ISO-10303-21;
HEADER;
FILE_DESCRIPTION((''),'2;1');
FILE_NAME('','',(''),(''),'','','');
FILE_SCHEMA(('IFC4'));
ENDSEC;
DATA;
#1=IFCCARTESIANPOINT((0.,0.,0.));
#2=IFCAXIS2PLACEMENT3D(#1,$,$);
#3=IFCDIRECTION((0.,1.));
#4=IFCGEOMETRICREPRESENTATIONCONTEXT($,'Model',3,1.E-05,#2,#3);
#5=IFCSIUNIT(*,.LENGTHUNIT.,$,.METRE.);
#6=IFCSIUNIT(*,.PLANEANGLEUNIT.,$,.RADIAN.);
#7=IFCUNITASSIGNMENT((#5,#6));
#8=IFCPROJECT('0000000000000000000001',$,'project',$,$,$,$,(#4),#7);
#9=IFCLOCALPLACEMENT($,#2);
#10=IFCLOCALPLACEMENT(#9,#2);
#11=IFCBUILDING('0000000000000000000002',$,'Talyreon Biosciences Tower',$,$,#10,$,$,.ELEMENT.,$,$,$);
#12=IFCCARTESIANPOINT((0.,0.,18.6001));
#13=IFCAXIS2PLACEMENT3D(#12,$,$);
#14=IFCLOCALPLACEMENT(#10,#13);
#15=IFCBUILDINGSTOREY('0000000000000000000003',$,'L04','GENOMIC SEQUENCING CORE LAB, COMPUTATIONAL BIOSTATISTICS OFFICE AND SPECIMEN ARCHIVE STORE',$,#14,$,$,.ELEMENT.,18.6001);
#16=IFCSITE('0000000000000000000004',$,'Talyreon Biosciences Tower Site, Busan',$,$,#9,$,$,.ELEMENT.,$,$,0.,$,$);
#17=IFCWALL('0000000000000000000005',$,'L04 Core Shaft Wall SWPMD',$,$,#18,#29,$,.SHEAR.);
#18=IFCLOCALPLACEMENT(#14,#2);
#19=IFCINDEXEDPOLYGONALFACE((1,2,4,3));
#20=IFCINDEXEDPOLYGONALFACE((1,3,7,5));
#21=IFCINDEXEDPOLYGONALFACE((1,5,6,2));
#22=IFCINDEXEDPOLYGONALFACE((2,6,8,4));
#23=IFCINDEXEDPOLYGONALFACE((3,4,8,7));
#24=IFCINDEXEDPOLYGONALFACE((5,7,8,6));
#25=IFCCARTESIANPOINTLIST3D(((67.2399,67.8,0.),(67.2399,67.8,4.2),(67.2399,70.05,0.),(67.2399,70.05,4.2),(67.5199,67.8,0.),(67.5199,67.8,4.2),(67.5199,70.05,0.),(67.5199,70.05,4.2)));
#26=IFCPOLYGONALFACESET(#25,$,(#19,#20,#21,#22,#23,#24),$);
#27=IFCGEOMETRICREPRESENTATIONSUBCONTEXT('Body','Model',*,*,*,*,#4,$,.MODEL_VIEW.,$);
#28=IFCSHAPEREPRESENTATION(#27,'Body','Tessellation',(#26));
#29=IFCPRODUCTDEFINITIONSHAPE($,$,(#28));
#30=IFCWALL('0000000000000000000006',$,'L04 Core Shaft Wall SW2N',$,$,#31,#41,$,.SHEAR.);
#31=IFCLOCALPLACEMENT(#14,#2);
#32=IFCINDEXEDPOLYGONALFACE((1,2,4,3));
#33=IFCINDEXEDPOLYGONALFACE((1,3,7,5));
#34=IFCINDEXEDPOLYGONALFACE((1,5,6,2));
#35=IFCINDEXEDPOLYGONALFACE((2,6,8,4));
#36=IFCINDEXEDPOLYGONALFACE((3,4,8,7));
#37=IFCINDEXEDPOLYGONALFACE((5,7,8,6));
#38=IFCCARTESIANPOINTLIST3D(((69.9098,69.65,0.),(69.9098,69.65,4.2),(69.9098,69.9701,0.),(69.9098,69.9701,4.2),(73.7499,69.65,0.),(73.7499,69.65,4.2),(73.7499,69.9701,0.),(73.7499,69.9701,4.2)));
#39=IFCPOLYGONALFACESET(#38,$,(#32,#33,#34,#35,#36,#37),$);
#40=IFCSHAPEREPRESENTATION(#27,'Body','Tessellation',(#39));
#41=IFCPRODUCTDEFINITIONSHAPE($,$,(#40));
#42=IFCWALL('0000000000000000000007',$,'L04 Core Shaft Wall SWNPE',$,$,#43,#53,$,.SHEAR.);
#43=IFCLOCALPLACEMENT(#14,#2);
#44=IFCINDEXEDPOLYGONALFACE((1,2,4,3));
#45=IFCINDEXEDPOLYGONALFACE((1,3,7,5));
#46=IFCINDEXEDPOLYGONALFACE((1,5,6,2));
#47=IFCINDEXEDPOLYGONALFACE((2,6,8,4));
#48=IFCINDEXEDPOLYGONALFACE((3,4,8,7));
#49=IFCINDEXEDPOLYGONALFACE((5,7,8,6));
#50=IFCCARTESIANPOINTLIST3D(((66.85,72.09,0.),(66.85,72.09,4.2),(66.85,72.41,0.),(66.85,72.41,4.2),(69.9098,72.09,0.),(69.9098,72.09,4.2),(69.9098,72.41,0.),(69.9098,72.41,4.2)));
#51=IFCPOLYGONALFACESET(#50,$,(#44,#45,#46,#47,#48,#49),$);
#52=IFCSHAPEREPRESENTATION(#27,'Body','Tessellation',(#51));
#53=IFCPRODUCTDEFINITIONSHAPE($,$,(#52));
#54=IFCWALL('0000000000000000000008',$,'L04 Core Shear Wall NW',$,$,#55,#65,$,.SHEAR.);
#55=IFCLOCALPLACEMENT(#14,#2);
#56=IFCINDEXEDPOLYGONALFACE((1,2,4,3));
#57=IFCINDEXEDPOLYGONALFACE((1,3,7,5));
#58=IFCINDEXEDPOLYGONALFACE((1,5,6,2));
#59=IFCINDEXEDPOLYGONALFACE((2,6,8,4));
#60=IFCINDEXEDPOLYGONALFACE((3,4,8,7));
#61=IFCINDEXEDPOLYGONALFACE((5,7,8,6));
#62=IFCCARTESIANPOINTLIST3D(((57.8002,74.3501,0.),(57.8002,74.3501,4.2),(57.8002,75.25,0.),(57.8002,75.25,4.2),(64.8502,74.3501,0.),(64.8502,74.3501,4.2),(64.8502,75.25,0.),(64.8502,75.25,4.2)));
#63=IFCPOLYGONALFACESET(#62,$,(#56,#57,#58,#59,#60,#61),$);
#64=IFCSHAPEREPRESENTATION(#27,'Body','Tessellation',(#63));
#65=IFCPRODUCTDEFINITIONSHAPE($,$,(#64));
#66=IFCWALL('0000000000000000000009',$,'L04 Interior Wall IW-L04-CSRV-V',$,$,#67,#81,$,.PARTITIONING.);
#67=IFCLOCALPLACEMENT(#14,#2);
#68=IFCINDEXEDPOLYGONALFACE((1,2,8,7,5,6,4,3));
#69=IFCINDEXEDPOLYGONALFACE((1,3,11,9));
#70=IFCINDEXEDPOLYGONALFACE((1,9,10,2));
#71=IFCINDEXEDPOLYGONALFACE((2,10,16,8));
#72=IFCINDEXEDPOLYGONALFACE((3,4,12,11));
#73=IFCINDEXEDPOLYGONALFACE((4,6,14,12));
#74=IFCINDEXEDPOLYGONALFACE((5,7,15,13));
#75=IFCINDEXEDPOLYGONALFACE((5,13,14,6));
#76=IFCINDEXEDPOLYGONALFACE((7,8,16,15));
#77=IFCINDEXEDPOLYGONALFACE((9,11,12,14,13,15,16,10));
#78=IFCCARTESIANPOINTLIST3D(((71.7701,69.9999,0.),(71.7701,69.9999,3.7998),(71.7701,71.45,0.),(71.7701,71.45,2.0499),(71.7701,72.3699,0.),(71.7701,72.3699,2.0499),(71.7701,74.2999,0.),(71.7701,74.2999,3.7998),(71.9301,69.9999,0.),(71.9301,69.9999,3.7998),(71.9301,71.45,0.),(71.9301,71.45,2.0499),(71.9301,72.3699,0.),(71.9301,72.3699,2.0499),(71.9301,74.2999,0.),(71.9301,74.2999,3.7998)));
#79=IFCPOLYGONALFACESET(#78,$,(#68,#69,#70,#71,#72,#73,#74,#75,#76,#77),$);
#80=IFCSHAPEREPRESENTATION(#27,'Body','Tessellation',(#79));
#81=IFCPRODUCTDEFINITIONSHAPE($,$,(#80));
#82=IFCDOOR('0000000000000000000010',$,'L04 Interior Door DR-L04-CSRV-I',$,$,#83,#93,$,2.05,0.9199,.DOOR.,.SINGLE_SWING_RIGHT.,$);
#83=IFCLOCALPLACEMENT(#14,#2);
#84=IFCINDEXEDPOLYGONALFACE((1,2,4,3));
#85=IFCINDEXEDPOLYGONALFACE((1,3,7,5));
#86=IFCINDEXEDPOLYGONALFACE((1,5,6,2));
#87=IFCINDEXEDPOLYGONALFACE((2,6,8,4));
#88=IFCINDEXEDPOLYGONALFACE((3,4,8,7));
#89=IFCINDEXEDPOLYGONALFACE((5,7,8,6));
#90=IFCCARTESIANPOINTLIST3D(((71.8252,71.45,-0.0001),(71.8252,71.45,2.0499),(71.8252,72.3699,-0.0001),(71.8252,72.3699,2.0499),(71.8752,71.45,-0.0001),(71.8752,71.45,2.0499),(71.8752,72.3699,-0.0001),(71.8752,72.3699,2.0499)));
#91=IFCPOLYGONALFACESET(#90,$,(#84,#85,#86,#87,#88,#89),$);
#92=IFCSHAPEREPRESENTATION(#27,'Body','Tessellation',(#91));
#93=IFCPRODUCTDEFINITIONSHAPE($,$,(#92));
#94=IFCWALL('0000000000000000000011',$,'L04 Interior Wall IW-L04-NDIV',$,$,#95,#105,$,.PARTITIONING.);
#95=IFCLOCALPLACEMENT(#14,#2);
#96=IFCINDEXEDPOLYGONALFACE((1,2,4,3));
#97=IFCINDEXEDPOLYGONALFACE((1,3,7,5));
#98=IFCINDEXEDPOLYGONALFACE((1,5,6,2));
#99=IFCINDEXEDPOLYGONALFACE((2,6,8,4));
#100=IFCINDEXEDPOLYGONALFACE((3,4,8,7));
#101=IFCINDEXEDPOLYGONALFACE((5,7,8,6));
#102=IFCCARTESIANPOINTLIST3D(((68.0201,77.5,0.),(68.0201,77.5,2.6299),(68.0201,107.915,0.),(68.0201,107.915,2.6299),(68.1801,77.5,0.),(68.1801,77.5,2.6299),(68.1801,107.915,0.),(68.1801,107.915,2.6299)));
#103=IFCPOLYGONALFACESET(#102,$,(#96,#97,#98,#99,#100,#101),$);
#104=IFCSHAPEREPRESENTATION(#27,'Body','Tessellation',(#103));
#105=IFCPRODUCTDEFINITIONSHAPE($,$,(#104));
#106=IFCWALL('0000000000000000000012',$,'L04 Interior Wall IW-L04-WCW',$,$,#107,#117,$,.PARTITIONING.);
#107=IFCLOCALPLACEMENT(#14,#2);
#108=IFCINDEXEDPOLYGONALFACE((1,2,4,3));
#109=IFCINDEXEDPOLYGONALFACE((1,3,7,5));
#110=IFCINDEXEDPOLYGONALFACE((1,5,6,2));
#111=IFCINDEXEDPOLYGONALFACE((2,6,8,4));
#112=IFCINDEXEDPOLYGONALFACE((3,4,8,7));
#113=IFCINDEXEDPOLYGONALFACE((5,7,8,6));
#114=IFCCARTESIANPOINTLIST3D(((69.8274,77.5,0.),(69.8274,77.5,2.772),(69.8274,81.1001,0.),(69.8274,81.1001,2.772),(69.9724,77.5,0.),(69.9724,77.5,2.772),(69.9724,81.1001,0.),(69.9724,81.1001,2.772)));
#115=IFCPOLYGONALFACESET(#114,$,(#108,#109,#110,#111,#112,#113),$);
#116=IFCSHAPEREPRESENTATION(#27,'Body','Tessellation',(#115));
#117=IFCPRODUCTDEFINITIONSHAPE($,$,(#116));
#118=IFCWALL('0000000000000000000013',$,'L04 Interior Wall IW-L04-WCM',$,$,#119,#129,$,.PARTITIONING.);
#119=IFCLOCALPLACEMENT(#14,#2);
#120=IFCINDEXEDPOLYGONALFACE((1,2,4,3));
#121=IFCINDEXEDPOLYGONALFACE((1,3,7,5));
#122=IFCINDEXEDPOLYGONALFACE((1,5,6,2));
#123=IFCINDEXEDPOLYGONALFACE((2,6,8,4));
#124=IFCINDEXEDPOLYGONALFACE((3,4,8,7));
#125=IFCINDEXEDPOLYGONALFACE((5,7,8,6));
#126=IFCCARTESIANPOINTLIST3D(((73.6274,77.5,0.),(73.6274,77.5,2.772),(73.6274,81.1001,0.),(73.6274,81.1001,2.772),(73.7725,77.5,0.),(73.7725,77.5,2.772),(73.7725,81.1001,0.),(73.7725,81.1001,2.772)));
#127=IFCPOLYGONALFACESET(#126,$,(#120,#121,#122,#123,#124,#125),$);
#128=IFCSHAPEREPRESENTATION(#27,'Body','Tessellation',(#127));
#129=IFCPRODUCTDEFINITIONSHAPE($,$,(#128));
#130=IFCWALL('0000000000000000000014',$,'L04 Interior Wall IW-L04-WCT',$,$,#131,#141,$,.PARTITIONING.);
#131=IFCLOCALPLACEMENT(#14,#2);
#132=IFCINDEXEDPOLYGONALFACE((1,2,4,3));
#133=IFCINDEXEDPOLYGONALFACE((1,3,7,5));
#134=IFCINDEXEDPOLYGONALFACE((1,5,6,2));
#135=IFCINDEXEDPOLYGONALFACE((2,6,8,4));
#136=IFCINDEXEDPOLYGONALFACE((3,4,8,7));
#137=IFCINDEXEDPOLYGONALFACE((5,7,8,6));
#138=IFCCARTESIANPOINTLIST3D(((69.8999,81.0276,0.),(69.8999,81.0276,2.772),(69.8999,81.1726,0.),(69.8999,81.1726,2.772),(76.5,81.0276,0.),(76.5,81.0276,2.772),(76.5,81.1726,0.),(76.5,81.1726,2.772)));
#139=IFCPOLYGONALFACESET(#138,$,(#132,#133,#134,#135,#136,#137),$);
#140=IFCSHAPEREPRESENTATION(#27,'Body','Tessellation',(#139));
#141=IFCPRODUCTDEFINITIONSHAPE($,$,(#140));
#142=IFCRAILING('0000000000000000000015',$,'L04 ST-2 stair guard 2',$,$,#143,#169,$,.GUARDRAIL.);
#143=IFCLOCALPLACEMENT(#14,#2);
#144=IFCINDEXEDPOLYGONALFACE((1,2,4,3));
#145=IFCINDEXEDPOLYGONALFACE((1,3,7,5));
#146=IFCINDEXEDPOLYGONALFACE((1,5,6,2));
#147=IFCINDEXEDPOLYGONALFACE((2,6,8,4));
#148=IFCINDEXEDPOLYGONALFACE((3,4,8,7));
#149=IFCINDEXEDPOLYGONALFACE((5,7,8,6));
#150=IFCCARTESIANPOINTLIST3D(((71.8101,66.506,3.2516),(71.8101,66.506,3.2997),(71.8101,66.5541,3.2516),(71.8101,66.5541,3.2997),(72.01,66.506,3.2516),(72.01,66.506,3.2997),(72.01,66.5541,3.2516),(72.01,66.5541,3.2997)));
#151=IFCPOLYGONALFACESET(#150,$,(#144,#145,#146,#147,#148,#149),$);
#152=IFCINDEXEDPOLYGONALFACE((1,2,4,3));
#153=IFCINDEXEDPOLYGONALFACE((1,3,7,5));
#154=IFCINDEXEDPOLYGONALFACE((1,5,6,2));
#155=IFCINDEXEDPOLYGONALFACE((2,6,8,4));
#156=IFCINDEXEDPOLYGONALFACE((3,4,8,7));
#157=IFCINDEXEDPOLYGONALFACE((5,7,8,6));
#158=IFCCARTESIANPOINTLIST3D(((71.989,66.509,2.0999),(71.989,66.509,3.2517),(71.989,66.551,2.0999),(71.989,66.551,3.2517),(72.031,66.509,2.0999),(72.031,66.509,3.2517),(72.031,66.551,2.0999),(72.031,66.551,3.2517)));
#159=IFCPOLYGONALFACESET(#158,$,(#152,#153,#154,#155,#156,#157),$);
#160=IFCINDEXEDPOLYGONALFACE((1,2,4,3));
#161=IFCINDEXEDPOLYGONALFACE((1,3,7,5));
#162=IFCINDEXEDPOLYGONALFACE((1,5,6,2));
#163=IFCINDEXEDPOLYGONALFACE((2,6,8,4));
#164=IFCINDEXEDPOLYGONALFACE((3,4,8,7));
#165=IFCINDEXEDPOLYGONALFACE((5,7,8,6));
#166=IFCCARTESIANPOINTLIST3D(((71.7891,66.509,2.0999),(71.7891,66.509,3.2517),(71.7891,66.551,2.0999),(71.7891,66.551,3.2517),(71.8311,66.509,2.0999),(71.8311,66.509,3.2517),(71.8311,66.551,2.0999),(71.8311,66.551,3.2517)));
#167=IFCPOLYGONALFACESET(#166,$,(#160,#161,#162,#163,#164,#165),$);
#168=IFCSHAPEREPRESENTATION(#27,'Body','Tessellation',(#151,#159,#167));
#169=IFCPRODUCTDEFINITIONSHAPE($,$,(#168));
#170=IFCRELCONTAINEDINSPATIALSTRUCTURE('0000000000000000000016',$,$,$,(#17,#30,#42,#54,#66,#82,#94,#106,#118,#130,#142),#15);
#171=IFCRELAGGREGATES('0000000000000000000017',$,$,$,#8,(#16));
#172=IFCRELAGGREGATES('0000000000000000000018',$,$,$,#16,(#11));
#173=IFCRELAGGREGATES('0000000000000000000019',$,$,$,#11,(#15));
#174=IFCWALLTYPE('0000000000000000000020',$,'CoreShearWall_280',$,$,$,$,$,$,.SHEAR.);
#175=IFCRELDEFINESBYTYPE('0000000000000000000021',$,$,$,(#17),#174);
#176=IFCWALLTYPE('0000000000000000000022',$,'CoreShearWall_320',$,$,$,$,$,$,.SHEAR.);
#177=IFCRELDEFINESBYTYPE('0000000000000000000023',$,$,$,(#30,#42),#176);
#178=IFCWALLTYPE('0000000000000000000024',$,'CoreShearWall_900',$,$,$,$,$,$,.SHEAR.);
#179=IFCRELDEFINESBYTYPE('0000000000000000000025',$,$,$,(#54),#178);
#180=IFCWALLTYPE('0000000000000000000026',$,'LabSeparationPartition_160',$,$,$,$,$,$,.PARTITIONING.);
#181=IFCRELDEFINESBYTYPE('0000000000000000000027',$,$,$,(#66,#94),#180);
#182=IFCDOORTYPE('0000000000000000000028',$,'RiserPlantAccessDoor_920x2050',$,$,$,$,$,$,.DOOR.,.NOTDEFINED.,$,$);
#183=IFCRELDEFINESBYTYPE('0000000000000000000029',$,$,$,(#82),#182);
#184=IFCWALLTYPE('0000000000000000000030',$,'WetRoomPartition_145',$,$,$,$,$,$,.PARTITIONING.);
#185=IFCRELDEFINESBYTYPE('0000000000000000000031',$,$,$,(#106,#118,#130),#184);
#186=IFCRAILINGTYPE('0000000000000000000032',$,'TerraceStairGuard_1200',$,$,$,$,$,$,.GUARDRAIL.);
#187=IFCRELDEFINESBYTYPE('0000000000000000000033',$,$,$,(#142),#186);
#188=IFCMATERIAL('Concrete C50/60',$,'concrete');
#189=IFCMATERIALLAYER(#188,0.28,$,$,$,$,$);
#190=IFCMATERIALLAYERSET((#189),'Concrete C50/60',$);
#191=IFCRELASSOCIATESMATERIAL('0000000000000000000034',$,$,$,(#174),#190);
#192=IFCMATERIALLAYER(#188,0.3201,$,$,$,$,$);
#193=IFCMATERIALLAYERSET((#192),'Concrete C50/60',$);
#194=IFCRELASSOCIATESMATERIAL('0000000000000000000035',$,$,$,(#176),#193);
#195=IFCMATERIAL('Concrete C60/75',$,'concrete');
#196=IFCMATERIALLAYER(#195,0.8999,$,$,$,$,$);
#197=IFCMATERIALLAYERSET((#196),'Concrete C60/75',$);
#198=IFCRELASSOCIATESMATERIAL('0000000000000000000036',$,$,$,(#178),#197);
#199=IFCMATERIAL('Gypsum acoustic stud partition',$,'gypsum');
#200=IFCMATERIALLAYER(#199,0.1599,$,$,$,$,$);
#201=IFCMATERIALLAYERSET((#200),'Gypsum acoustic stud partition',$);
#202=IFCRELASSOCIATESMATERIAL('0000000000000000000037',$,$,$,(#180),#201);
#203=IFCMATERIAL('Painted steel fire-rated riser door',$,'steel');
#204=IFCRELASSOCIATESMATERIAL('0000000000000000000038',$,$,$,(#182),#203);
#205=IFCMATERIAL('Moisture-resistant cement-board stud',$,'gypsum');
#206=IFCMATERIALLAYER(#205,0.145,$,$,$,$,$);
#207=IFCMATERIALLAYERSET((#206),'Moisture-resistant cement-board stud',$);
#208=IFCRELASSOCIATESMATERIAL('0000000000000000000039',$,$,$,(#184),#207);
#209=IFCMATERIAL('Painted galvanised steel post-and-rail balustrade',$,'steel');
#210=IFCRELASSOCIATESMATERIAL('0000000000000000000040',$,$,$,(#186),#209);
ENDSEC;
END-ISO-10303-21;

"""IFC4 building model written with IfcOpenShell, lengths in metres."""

from ifc_helpers import new_model, si_unit, direction, frame, frame_2d, origin, origin_2d, place, context, subcontext, project, spatial, rectangle, extrude, material, layer, layer_set, type_object, element, fill, save


model = new_model("IFC4")

# Units and contexts
model_context = context("Model", 3, precision=1e-05, world=origin(), true_north=direction((0.0, 1.0)))
body_context = subcontext(model_context, "Body", "Model", "MODEL_VIEW")
ifc_project = project(units=[si_unit("LENGTHUNIT", "METRE"), si_unit("PLANEANGLEUNIT", "RADIAN")], contexts=[model_context])

# Site, building, storey
site_placement = place(None, origin())
site = spatial("IfcSite", under=ifc_project, at=site_placement, Name="Talyreon Biosciences Tower Site, Busan", CompositionType="ELEMENT", RefElevation=0.0)
building_placement = place(site_placement, origin())
building = spatial("IfcBuilding", under=site, at=building_placement, Name="Talyreon Biosciences Tower", CompositionType="ELEMENT")
storey_placement = place(building_placement, frame((0.0, 0.0, 18.6001)))
storey = spatial("IfcBuildingStorey", under=building, at=storey_placement, Name="L04", Description="GENOMIC SEQUENCING CORE LAB, COMPUTATIONAL BIOSTATISTICS OFFICE AND SPECIMEN ARCHIVE STORE", CompositionType="ELEMENT", Elevation=18.6001)

# Shared definitions
ifc_material_1 = material(Name="Concrete C60/75", Category="concrete")

# Shared definitions
ifc_material_2 = material(Name="Concrete C50/60", Category="concrete")

# Walls
ifc_layer_1 = layer(ifc_material_2, 0.28)
ifc_layer_set_1 = layer_set([ifc_layer_1], Name="Concrete C50/60")
wall_type_1 = type_object("IfcWallType", Name="CoreShearWall_280", PredefinedType="SHEAR", material=ifc_layer_set_1)
wall_1_placement = place(storey_placement, frame((67.3799, 67.8, 0.0), z_axis=(0.0, 0.0, 1.0), x_axis=(0.0, 1.0, 0.0)))
element("IfcWall", 1, at=wall_1_placement, inside=storey, type_object=wall_type_1, Name="L04 Core Shaft Wall SWPMD", PredefinedType="SHEAR", context=body_context, shape_type="SweptSolid", body=[
    extrude(rectangle(XDim=2.25, YDim=0.28, at=frame_2d((1.125, 0.0))), origin(), (0.0, 0.0, 1.0), 4.2),
])
ifc_layer_2 = layer(ifc_material_2, 0.3201)
ifc_layer_set_2 = layer_set([ifc_layer_2], Name="Concrete C50/60")
wall_type_2 = type_object("IfcWallType", Name="CoreShearWall_320", PredefinedType="SHEAR", material=ifc_layer_set_2)
wall_2_placement = place(storey_placement, frame((69.9099, 69.8101, 0.0), z_axis=(0.0, 0.0, 1.0), x_axis=(1.0, 0.0, 0.0)))
element("IfcWall", 2, at=wall_2_placement, inside=storey, type_object=wall_type_2, Name="L04 Core Shaft Wall SW2N", PredefinedType="SHEAR", context=body_context, shape_type="SweptSolid", body=[
    extrude(rectangle(XDim=3.8401, YDim=0.3201, at=frame_2d((1.9199, 0.0))), origin(), (0.0, 0.0, 1.0), 4.2),
])
wall_3_placement = place(storey_placement, frame((66.8501, 72.25, 0.0), z_axis=(0.0, 0.0, 1.0), x_axis=(1.0, 0.0, 0.0)))
element("IfcWall", 3, at=wall_3_placement, inside=storey, type_object=wall_type_2, Name="L04 Core Shaft Wall SWNPE", PredefinedType="SHEAR", context=body_context, shape_type="SweptSolid", body=[
    extrude(rectangle(XDim=3.0598, YDim=0.3201, at=frame_2d((1.5298, 0.0))), origin(), (0.0, 0.0, 1.0), 4.2),
])
ifc_layer_3 = layer(ifc_material_1, 0.8999)
ifc_layer_set_3 = layer_set([ifc_layer_3], Name="Concrete C60/75")
wall_type_3 = type_object("IfcWallType", Name="CoreShearWall_900", PredefinedType="SHEAR", material=ifc_layer_set_3)
wall_4_placement = place(storey_placement, frame((64.8501, 74.8, 0.0), z_axis=(0.0, 0.0, 1.0), x_axis=(-1.0, 0.0, 0.0)))
element("IfcWall", 4, at=wall_4_placement, inside=storey, type_object=wall_type_3, Name="L04 Core Shear Wall NW", PredefinedType="SHEAR", context=body_context, shape_type="SweptSolid", body=[
    extrude(rectangle(XDim=7.05, YDim=0.8999, at=frame_2d((3.5249, 0.0))), origin(), (0.0, 0.0, 1.0), 4.2),
])

# Wall, opening, door
ifc_material_3 = material(Name="Gypsum acoustic stud partition", Category="gypsum")
ifc_layer_4 = layer(ifc_material_3, 0.1599)
ifc_layer_set_4 = layer_set([ifc_layer_4], Name="Gypsum acoustic stud partition")
wall_type_4 = type_object("IfcWallType", Name="LabSeparationPartition_160", PredefinedType="PARTITIONING", material=ifc_layer_set_4)
wall_5_placement = place(storey_placement, frame((71.8501, 70.0, 0.0), z_axis=(0.0, 0.0, 1.0), x_axis=(0.0, 1.0, 0.0)))
wall_5 = element("IfcWall", 5, at=wall_5_placement, inside=storey, type_object=wall_type_4, Name="L04 Interior Wall IW-L04-CSRV-V", PredefinedType="PARTITIONING", context=body_context, shape_type="SweptSolid", body=[
    extrude(rectangle(XDim=4.3, YDim=0.1599, at=frame_2d((2.1499, 0.0))), origin(), (0.0, 0.0, 1.0), 3.7998),
])
opening_placement = place(wall_5_placement, frame((1.45, 0.0, 0.0)))
opening = element("IfcOpeningElement", 6, at=opening_placement, cuts=wall_5, PredefinedType="OPENING", context=body_context, shape_type="SweptSolid", body=[
    extrude(rectangle(XDim=0.9199, YDim=2.05, at=frame_2d((0.46, 1.0249))), frame((0.0, 0.0898, 0.0), z_axis=(0.0, -1.0, 0.0), x_axis=(1.0, 0.0, 0.0)), (0.0, 0.0, 1.0), 0.1799),
])
ifc_material_4 = material(Name="Painted steel fire-rated riser door", Category="steel")
door_type = type_object("IfcDoorType", Name="RiserPlantAccessDoor_920x2050", OperationType="NOTDEFINED", PredefinedType="DOOR", material=ifc_material_4)
door_placement = place(opening_placement, origin())
door = element("IfcDoor", 7, at=door_placement, inside=storey, type_object=door_type, Name="L04 Interior Door DR-L04-CSRV-I", OperationType="SINGLE_SWING_RIGHT", OverallHeight=2.05, OverallWidth=0.9199, PredefinedType="DOOR", context=body_context, shape_type="SweptSolid", body=[
    extrude(rectangle(XDim=0.9199, YDim=2.05, at=frame_2d((0.46, 1.0249))), frame((0.0, 0.0249, 0.0), z_axis=(0.0, -1.0, 0.0), x_axis=(1.0, 0.0, 0.0)), (0.0, 0.0, 1.0), 0.05),
])
fill(opening, door)

# Walls
wall_6_placement = place(storey_placement, frame((68.1001, 77.5, 0.0), z_axis=(0.0, 0.0, 1.0), x_axis=(0.0, 1.0, 0.0)))
element("IfcWall", 8, at=wall_6_placement, inside=storey, type_object=wall_type_4, Name="L04 Interior Wall IW-L04-NDIV", PredefinedType="PARTITIONING", context=body_context, shape_type="SweptSolid", body=[
    extrude(rectangle(XDim=30.415, YDim=0.1599, at=frame_2d((15.2075, 0.0))), origin(), (0.0, 0.0, 1.0), 2.6299),
])
ifc_material_5 = material(Name="Moisture-resistant cement-board stud", Category="gypsum")
ifc_layer_5 = layer(ifc_material_5, 0.145)
ifc_layer_set_5 = layer_set([ifc_layer_5], Name="Moisture-resistant cement-board stud")
wall_type_5 = type_object("IfcWallType", Name="WetRoomPartition_145", PredefinedType="PARTITIONING", material=ifc_layer_set_5)
for number, where, z_axis, x_axis, name in (
    (9, (69.8999, 77.5, 0.0), (0.0, 0.0, 1.0), (0.0, 1.0, 0.0), "L04 Interior Wall IW-L04-WCW"),
    (10, (73.7, 77.5, 0.0), (0.0, 0.0, 1.0), (0.0, 1.0, 0.0), "L04 Interior Wall IW-L04-WCM"),
):
    element("IfcWall", number, at=place(storey_placement, frame(where, z_axis=z_axis, x_axis=x_axis)), inside=storey, type_object=wall_type_5, Name=name, PredefinedType="PARTITIONING", context=body_context, shape_type="SweptSolid", body=[
        extrude(rectangle(XDim=3.6001, YDim=0.145, at=frame_2d((1.8, 0.0))), origin(), (0.0, 0.0, 1.0), 2.772),
    ])
wall_7_placement = place(storey_placement, frame((69.8999, 81.1001, 0.0), z_axis=(0.0, 0.0, 1.0), x_axis=(1.0, 0.0, 0.0)))
element("IfcWall", 11, at=wall_7_placement, inside=storey, type_object=wall_type_5, Name="L04 Interior Wall IW-L04-WCT", PredefinedType="PARTITIONING", context=body_context, shape_type="SweptSolid", body=[
    extrude(rectangle(XDim=6.6001, YDim=0.145, at=frame_2d((3.3, 0.0))), origin(), (0.0, 0.0, 1.0), 2.772),
])

# Railing
ifc_material_6 = material(Name="Painted galvanised steel post-and-rail balustrade", Category="steel")
railing_type = type_object("IfcRailingType", Name="TerraceStairGuard_1200", PredefinedType="GUARDRAIL", material=ifc_material_6)
railing_placement = place(storey_placement, frame((72.01, 66.53, 2.0999)))
element("IfcRailing", 12, at=railing_placement, inside=storey, type_object=railing_type, Name="L04 ST-2 stair guard 2", PredefinedType="GUARDRAIL", context=body_context, shape_type="SweptSolid", body=[
    extrude(rectangle(XDim=0.0481, YDim=0.0481, at=origin_2d()), frame((0.0, 0.0, 1.1758), z_axis=(-1.0, 0.0, 0.0), x_axis=(0.0, -1.0, 0.0)), (0.0, 0.0, 1.0), 0.2),
    extrude(rectangle(XDim=0.042, YDim=0.042, at=origin_2d()), origin(), (0.0, 0.0, 1.0), 1.1519),
    extrude(rectangle(XDim=0.042, YDim=0.042, at=origin_2d()), frame((-0.2, 0.0, 0.0)), (0.0, 0.0, 1.0), 1.1519),
])

save(model, "model.ifc")
